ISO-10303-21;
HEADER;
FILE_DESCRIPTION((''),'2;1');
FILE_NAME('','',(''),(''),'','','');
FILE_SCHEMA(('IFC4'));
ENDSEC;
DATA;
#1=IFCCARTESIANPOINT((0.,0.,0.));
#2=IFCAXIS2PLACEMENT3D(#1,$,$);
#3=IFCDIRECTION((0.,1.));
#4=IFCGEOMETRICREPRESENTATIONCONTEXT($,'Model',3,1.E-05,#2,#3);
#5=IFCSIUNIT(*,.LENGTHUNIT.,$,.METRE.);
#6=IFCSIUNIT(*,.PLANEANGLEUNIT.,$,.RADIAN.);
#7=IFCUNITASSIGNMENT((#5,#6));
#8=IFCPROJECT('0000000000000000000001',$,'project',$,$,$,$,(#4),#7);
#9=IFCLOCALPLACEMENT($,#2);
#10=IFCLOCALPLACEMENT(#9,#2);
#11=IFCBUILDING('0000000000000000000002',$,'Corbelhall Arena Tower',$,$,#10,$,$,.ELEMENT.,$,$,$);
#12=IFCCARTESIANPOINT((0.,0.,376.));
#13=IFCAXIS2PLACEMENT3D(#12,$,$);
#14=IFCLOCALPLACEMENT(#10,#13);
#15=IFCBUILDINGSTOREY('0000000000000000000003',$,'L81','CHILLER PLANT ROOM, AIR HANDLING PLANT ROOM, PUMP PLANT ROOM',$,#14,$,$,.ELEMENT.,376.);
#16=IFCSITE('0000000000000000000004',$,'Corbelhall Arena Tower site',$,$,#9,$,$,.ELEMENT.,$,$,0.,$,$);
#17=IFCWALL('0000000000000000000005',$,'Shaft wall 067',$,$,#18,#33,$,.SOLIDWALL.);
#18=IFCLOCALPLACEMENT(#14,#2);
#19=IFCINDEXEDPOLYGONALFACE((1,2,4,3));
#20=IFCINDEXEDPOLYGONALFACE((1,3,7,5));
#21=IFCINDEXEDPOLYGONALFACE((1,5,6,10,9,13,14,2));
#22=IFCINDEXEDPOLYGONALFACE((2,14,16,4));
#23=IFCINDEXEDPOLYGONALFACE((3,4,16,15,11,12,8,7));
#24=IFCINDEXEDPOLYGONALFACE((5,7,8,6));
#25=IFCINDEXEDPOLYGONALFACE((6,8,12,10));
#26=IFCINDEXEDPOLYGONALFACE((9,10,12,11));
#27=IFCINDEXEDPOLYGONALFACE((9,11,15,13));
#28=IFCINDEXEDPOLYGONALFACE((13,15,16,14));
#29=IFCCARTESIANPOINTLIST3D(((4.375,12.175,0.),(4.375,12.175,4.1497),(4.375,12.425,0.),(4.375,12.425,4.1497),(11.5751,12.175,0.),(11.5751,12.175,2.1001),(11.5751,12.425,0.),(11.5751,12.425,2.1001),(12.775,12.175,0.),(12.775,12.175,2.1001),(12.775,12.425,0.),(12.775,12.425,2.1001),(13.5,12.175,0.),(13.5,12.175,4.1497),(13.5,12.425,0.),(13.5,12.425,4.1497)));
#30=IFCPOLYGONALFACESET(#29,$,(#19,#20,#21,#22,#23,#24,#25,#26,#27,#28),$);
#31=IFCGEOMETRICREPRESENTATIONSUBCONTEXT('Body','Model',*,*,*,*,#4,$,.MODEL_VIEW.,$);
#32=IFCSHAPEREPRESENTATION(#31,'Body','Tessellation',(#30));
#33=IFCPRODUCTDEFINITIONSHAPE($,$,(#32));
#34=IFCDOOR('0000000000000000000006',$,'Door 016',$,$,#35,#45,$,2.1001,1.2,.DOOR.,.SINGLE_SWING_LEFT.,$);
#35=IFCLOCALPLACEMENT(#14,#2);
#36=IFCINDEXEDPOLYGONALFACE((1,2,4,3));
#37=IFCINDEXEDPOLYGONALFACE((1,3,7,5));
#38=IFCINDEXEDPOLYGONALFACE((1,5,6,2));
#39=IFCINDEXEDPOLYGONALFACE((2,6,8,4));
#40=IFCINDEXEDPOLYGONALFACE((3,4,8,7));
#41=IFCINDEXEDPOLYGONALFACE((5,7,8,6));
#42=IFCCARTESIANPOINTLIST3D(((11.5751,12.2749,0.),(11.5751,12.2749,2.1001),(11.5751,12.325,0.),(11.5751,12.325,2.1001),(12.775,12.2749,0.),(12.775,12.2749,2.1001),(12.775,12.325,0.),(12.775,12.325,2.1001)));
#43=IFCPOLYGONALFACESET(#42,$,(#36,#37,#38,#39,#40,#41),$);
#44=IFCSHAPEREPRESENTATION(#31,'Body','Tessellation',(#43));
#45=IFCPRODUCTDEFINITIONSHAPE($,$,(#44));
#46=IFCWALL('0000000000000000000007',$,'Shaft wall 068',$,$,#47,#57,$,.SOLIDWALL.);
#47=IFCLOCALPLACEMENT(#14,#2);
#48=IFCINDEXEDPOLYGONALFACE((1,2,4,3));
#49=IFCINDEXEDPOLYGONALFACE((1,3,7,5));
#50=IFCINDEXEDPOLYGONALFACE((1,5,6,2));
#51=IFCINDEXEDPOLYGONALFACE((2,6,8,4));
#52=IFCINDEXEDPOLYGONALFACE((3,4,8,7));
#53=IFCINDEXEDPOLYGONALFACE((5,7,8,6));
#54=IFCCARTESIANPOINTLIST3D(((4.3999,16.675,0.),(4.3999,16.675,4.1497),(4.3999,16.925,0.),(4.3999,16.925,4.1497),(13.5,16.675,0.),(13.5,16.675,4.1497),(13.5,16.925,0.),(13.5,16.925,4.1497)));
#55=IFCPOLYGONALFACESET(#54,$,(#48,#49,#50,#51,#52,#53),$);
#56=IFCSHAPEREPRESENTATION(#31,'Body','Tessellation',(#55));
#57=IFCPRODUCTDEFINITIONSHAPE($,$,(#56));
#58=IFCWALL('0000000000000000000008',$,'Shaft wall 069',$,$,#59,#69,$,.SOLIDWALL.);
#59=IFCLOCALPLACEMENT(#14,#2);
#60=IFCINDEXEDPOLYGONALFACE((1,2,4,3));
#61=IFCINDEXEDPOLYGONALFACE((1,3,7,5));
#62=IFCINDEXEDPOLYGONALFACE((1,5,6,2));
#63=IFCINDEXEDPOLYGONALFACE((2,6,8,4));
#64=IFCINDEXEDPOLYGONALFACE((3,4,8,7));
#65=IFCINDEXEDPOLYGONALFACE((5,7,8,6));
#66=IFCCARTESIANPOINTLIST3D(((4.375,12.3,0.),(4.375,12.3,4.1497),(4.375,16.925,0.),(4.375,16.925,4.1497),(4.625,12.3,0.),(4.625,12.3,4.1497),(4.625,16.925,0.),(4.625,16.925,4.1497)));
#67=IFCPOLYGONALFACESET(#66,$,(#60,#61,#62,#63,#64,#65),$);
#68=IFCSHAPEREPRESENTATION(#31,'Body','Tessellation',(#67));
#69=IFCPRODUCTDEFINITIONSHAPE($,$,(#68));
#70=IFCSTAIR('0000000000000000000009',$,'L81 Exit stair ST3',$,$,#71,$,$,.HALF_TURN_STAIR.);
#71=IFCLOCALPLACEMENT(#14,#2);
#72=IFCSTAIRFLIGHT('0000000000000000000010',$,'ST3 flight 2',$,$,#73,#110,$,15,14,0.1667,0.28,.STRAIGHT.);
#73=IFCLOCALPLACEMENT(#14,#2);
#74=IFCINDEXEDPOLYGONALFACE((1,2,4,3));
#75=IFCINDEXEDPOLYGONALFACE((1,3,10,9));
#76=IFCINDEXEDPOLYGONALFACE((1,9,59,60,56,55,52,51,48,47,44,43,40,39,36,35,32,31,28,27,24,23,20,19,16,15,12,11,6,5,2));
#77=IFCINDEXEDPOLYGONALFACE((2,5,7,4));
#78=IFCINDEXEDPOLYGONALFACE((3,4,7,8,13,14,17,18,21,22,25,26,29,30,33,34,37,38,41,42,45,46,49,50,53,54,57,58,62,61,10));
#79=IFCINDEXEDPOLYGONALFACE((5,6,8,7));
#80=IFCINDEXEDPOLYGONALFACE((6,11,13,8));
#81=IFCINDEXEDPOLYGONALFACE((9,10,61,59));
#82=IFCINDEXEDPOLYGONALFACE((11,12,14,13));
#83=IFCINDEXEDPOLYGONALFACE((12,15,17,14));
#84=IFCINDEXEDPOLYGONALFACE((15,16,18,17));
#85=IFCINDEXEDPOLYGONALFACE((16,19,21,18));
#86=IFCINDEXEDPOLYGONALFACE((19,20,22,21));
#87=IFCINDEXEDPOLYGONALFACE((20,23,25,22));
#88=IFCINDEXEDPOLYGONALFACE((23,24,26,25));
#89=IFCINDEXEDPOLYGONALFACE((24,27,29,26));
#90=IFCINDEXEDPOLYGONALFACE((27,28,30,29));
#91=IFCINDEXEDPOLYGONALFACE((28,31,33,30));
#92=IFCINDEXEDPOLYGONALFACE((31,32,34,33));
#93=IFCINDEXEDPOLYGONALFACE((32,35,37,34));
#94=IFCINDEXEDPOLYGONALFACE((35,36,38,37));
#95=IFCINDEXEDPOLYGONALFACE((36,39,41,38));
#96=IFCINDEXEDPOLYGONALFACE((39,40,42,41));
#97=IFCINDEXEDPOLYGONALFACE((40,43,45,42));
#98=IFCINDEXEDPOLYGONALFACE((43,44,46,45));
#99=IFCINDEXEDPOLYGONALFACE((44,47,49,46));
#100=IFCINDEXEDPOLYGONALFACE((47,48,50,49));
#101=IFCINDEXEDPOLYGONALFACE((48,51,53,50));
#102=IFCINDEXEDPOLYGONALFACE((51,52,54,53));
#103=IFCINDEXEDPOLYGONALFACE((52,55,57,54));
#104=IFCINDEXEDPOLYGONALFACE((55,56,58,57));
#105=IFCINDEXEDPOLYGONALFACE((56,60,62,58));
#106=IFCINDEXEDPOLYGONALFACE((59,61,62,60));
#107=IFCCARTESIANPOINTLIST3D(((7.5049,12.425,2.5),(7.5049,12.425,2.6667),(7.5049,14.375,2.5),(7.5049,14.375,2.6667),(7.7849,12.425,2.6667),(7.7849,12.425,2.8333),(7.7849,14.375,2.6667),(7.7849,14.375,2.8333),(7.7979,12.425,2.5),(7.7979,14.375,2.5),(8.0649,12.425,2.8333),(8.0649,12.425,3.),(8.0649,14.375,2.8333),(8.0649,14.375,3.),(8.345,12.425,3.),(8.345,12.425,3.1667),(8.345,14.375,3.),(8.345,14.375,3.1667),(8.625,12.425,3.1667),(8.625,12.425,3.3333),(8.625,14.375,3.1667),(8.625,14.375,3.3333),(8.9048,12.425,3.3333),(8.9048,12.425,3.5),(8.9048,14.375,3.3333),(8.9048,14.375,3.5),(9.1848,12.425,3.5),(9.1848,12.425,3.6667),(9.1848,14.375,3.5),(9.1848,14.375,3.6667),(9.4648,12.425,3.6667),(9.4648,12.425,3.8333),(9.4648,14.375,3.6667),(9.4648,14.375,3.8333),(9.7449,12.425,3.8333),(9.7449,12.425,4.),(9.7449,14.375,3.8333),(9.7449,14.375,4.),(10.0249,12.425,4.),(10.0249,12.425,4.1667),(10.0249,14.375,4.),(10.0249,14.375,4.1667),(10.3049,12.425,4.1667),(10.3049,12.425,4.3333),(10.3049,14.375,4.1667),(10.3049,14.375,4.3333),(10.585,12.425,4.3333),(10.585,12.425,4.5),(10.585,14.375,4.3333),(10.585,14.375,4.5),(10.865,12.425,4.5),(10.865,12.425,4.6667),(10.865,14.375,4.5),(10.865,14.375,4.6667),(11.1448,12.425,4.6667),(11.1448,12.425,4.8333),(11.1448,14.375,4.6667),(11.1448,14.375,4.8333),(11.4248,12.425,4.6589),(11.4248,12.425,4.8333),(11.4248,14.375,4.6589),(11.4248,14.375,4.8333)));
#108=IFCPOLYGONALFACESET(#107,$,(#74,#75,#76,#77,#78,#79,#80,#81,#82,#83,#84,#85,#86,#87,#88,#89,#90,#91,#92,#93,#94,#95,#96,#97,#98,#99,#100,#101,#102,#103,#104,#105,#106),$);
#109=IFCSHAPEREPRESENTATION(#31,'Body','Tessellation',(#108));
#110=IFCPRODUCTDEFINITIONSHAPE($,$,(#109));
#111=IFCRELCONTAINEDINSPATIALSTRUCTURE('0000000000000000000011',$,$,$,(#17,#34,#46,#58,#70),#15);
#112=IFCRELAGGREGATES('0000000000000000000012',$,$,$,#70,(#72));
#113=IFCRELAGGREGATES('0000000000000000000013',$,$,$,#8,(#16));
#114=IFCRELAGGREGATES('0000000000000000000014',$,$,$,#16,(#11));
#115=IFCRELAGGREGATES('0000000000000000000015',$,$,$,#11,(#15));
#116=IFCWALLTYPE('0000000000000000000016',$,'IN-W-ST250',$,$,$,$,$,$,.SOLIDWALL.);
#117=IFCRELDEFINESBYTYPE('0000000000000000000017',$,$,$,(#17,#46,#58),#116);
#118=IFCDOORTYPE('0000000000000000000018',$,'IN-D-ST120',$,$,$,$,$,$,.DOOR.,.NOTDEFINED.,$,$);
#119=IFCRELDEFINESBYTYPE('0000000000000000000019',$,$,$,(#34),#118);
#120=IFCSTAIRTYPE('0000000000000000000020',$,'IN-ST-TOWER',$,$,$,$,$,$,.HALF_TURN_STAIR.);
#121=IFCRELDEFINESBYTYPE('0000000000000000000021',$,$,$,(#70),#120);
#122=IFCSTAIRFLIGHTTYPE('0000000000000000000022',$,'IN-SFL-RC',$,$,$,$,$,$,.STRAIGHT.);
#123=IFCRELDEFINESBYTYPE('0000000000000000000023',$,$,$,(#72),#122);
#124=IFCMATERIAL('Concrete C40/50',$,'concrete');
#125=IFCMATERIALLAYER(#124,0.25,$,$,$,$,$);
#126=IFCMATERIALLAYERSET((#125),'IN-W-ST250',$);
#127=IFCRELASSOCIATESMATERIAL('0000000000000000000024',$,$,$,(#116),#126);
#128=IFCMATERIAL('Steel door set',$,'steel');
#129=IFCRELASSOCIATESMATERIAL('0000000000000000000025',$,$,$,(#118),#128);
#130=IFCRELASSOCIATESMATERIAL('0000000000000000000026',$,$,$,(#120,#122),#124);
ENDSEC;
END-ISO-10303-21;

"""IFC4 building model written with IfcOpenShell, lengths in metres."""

from ifc_helpers import new_model, si_unit, direction, frame, frame_2d, origin, place, context, subcontext, project, spatial, polyline, rectangle, outline, extrude, material, layer, layer_set, type_object, element, fill, aggregate, save


model = new_model("IFC4")

# Units and contexts
model_context = context("Model", 3, precision=1e-05, world=origin(), true_north=direction((0.0, 1.0)))
body_context = subcontext(model_context, "Body", "Model", "MODEL_VIEW")
ifc_project = project(units=[si_unit("LENGTHUNIT", "METRE"), si_unit("PLANEANGLEUNIT", "RADIAN")], contexts=[model_context])

# Site, building, storey
site_placement = place(None, origin())
site = spatial("IfcSite", under=ifc_project, at=site_placement, Name="Corbelhall Arena Tower site", CompositionType="ELEMENT", RefElevation=0.0)
building_placement = place(site_placement, origin())
building = spatial("IfcBuilding", under=site, at=building_placement, Name="Corbelhall Arena Tower", CompositionType="ELEMENT")
storey_placement = place(building_placement, frame((0.0, 0.0, 376.0)))
storey = spatial("IfcBuildingStorey", under=building, at=storey_placement, Name="L81", Description="CHILLER PLANT ROOM, AIR HANDLING PLANT ROOM, PUMP PLANT ROOM", CompositionType="ELEMENT", Elevation=376.0)

# Shared definitions
ifc_material_1 = material(Name="Concrete C40/50", Category="concrete")
ifc_material_2 = material(Name="Steel door set", Category="steel")

# Wall, opening, door
ifc_layer_1 = layer(ifc_material_1, 0.25)
ifc_layer_set_1 = layer_set([ifc_layer_1], Name="IN-W-ST250")
wall_type_1 = type_object("IfcWallType", Name="IN-W-ST250", PredefinedType="SOLIDWALL", material=ifc_layer_set_1)
wall_1_placement = place(storey_placement, frame((4.375, 12.3, 0.0), z_axis=(0.0, 0.0, 1.0), x_axis=(1.0, 0.0, 0.0)))
wall_1 = element("IfcWall", 1, at=wall_1_placement, inside=storey, type_object=wall_type_1, Name="Shaft wall 067", PredefinedType="SOLIDWALL", context=body_context, shape_type="SweptSolid", body=[
    extrude(rectangle(XDim=9.125, YDim=0.25, at=frame_2d((4.5625, 0.0))), origin(), (0.0, 0.0, 1.0), 4.1497),
])
opening_1_placement = place(wall_1_placement, frame((7.2, 0.0, 0.0)))
opening_1 = element("IfcOpeningElement", 2, at=opening_1_placement, cuts=wall_1, PredefinedType="OPENING", context=body_context, shape_type="SweptSolid", body=[
    extrude(rectangle(XDim=1.2, YDim=2.1001, at=frame_2d((0.6001, 1.05))), frame((0.0, 0.125, 0.0), z_axis=(0.0, -1.0, 0.0), x_axis=(1.0, 0.0, 0.0)), (0.0, 0.0, 1.0), 0.25),
])
door_type_1 = type_object("IfcDoorType", Name="IN-D-ST120", OperationType="NOTDEFINED", PredefinedType="DOOR", material=ifc_material_2)
door_1_placement = place(opening_1_placement, origin())
door_1 = element("IfcDoor", 3, at=door_1_placement, inside=storey, type_object=door_type_1, Name="Door 016", OperationType="SINGLE_SWING_LEFT", OverallHeight=2.1001, OverallWidth=1.2, PredefinedType="DOOR", context=body_context, shape_type="SweptSolid", body=[
    extrude(rectangle(XDim=1.2, YDim=2.1001, at=frame_2d((0.6001, 1.05))), frame((0.0, 0.0249, 0.0), z_axis=(0.0, -1.0, 0.0), x_axis=(1.0, 0.0, 0.0)), (0.0, 0.0, 1.0), 0.05),
])
fill(opening_1, door_1)

# Walls
wall_2_placement = place(storey_placement, frame((4.3999, 16.8, 0.0), z_axis=(0.0, 0.0, 1.0), x_axis=(1.0, 0.0, 0.0)))
element("IfcWall", 4, at=wall_2_placement, inside=storey, type_object=wall_type_1, Name="Shaft wall 068", PredefinedType="SOLIDWALL", context=body_context, shape_type="SweptSolid", body=[
    extrude(rectangle(XDim=9.1001, YDim=0.25, at=frame_2d((4.55, 0.0))), origin(), (0.0, 0.0, 1.0), 4.1497),
])
wall_3_placement = place(storey_placement, frame((4.5, 12.3, 0.0), z_axis=(0.0, 0.0, 1.0), x_axis=(0.0, 1.0, 0.0)))
element("IfcWall", 5, at=wall_3_placement, inside=storey, type_object=wall_type_1, Name="Shaft wall 069", PredefinedType="SOLIDWALL", context=body_context, shape_type="SweptSolid", body=[
    extrude(rectangle(XDim=4.625, YDim=0.25, at=frame_2d((2.3125, 0.0))), origin(), (0.0, 0.0, 1.0), 4.1497),
])

# Stair, stair flight
stair_type = type_object("IfcStairType", Name="IN-ST-TOWER", PredefinedType="HALF_TURN_STAIR", material=ifc_material_1)
stair_placement = place(storey_placement, origin())
stair = element("IfcStair", 6, at=stair_placement, inside=storey, type_object=stair_type, Name="L81 Exit stair ST3", PredefinedType="HALF_TURN_STAIR")
stair_flight_type = type_object("IfcStairFlightType", Name="IN-SFL-RC", PredefinedType="STRAIGHT", material=ifc_material_1)
stair_flight_placement = place(storey_placement, frame((7.5049, 13.3999, 2.5), z_axis=(0.0, 0.0, 1.0), x_axis=(1.0, 0.0, 0.0)))
stair_flight = element("IfcStairFlight", 7, at=stair_flight_placement, type_object=stair_flight_type, Name="ST3 flight 2", NumberOfRisers=15, NumberOfTreads=14, PredefinedType="STRAIGHT", RiserHeight=0.1667, TreadLength=0.28, context=body_context, shape_type="SweptSolid", body=[
    extrude(outline(polyline([(0.0, 0.0), (0.0, 0.1667), (0.28, 0.1667), (0.28, 0.3333), (0.5601, 0.3333), (0.5601, 0.5), (0.8401, 0.5), (0.8401, 0.6667), (1.1201, 0.6667), (1.1201, 0.8333), (1.3999, 0.8333), (1.3999, 1.0), (1.6799, 1.0), (1.6799, 1.1667), (1.96, 1.1667), (1.96, 1.3333), (2.24, 1.3333), (2.24, 1.5), (2.52, 1.5), (2.52, 1.6667), (2.8, 1.6667), (2.8, 1.8333), (3.0801, 1.8333), (3.0801, 2.0), (3.3601, 2.0), (3.3601, 2.1667), (3.6399, 2.1667), (3.6399, 2.3333), (3.9199, 2.3333), (3.9199, 2.5), (3.9199, 2.1589), (0.293, 0.0), (0.0, 0.0)])), frame((0.0, 0.9751, 0.0), z_axis=(0.0, -1.0, 0.0), x_axis=(1.0, 0.0, 0.0)), (0.0, 0.0, 1.0), 1.95),
])
aggregate(stair, [stair_flight])

save(model, "model.ifc")
